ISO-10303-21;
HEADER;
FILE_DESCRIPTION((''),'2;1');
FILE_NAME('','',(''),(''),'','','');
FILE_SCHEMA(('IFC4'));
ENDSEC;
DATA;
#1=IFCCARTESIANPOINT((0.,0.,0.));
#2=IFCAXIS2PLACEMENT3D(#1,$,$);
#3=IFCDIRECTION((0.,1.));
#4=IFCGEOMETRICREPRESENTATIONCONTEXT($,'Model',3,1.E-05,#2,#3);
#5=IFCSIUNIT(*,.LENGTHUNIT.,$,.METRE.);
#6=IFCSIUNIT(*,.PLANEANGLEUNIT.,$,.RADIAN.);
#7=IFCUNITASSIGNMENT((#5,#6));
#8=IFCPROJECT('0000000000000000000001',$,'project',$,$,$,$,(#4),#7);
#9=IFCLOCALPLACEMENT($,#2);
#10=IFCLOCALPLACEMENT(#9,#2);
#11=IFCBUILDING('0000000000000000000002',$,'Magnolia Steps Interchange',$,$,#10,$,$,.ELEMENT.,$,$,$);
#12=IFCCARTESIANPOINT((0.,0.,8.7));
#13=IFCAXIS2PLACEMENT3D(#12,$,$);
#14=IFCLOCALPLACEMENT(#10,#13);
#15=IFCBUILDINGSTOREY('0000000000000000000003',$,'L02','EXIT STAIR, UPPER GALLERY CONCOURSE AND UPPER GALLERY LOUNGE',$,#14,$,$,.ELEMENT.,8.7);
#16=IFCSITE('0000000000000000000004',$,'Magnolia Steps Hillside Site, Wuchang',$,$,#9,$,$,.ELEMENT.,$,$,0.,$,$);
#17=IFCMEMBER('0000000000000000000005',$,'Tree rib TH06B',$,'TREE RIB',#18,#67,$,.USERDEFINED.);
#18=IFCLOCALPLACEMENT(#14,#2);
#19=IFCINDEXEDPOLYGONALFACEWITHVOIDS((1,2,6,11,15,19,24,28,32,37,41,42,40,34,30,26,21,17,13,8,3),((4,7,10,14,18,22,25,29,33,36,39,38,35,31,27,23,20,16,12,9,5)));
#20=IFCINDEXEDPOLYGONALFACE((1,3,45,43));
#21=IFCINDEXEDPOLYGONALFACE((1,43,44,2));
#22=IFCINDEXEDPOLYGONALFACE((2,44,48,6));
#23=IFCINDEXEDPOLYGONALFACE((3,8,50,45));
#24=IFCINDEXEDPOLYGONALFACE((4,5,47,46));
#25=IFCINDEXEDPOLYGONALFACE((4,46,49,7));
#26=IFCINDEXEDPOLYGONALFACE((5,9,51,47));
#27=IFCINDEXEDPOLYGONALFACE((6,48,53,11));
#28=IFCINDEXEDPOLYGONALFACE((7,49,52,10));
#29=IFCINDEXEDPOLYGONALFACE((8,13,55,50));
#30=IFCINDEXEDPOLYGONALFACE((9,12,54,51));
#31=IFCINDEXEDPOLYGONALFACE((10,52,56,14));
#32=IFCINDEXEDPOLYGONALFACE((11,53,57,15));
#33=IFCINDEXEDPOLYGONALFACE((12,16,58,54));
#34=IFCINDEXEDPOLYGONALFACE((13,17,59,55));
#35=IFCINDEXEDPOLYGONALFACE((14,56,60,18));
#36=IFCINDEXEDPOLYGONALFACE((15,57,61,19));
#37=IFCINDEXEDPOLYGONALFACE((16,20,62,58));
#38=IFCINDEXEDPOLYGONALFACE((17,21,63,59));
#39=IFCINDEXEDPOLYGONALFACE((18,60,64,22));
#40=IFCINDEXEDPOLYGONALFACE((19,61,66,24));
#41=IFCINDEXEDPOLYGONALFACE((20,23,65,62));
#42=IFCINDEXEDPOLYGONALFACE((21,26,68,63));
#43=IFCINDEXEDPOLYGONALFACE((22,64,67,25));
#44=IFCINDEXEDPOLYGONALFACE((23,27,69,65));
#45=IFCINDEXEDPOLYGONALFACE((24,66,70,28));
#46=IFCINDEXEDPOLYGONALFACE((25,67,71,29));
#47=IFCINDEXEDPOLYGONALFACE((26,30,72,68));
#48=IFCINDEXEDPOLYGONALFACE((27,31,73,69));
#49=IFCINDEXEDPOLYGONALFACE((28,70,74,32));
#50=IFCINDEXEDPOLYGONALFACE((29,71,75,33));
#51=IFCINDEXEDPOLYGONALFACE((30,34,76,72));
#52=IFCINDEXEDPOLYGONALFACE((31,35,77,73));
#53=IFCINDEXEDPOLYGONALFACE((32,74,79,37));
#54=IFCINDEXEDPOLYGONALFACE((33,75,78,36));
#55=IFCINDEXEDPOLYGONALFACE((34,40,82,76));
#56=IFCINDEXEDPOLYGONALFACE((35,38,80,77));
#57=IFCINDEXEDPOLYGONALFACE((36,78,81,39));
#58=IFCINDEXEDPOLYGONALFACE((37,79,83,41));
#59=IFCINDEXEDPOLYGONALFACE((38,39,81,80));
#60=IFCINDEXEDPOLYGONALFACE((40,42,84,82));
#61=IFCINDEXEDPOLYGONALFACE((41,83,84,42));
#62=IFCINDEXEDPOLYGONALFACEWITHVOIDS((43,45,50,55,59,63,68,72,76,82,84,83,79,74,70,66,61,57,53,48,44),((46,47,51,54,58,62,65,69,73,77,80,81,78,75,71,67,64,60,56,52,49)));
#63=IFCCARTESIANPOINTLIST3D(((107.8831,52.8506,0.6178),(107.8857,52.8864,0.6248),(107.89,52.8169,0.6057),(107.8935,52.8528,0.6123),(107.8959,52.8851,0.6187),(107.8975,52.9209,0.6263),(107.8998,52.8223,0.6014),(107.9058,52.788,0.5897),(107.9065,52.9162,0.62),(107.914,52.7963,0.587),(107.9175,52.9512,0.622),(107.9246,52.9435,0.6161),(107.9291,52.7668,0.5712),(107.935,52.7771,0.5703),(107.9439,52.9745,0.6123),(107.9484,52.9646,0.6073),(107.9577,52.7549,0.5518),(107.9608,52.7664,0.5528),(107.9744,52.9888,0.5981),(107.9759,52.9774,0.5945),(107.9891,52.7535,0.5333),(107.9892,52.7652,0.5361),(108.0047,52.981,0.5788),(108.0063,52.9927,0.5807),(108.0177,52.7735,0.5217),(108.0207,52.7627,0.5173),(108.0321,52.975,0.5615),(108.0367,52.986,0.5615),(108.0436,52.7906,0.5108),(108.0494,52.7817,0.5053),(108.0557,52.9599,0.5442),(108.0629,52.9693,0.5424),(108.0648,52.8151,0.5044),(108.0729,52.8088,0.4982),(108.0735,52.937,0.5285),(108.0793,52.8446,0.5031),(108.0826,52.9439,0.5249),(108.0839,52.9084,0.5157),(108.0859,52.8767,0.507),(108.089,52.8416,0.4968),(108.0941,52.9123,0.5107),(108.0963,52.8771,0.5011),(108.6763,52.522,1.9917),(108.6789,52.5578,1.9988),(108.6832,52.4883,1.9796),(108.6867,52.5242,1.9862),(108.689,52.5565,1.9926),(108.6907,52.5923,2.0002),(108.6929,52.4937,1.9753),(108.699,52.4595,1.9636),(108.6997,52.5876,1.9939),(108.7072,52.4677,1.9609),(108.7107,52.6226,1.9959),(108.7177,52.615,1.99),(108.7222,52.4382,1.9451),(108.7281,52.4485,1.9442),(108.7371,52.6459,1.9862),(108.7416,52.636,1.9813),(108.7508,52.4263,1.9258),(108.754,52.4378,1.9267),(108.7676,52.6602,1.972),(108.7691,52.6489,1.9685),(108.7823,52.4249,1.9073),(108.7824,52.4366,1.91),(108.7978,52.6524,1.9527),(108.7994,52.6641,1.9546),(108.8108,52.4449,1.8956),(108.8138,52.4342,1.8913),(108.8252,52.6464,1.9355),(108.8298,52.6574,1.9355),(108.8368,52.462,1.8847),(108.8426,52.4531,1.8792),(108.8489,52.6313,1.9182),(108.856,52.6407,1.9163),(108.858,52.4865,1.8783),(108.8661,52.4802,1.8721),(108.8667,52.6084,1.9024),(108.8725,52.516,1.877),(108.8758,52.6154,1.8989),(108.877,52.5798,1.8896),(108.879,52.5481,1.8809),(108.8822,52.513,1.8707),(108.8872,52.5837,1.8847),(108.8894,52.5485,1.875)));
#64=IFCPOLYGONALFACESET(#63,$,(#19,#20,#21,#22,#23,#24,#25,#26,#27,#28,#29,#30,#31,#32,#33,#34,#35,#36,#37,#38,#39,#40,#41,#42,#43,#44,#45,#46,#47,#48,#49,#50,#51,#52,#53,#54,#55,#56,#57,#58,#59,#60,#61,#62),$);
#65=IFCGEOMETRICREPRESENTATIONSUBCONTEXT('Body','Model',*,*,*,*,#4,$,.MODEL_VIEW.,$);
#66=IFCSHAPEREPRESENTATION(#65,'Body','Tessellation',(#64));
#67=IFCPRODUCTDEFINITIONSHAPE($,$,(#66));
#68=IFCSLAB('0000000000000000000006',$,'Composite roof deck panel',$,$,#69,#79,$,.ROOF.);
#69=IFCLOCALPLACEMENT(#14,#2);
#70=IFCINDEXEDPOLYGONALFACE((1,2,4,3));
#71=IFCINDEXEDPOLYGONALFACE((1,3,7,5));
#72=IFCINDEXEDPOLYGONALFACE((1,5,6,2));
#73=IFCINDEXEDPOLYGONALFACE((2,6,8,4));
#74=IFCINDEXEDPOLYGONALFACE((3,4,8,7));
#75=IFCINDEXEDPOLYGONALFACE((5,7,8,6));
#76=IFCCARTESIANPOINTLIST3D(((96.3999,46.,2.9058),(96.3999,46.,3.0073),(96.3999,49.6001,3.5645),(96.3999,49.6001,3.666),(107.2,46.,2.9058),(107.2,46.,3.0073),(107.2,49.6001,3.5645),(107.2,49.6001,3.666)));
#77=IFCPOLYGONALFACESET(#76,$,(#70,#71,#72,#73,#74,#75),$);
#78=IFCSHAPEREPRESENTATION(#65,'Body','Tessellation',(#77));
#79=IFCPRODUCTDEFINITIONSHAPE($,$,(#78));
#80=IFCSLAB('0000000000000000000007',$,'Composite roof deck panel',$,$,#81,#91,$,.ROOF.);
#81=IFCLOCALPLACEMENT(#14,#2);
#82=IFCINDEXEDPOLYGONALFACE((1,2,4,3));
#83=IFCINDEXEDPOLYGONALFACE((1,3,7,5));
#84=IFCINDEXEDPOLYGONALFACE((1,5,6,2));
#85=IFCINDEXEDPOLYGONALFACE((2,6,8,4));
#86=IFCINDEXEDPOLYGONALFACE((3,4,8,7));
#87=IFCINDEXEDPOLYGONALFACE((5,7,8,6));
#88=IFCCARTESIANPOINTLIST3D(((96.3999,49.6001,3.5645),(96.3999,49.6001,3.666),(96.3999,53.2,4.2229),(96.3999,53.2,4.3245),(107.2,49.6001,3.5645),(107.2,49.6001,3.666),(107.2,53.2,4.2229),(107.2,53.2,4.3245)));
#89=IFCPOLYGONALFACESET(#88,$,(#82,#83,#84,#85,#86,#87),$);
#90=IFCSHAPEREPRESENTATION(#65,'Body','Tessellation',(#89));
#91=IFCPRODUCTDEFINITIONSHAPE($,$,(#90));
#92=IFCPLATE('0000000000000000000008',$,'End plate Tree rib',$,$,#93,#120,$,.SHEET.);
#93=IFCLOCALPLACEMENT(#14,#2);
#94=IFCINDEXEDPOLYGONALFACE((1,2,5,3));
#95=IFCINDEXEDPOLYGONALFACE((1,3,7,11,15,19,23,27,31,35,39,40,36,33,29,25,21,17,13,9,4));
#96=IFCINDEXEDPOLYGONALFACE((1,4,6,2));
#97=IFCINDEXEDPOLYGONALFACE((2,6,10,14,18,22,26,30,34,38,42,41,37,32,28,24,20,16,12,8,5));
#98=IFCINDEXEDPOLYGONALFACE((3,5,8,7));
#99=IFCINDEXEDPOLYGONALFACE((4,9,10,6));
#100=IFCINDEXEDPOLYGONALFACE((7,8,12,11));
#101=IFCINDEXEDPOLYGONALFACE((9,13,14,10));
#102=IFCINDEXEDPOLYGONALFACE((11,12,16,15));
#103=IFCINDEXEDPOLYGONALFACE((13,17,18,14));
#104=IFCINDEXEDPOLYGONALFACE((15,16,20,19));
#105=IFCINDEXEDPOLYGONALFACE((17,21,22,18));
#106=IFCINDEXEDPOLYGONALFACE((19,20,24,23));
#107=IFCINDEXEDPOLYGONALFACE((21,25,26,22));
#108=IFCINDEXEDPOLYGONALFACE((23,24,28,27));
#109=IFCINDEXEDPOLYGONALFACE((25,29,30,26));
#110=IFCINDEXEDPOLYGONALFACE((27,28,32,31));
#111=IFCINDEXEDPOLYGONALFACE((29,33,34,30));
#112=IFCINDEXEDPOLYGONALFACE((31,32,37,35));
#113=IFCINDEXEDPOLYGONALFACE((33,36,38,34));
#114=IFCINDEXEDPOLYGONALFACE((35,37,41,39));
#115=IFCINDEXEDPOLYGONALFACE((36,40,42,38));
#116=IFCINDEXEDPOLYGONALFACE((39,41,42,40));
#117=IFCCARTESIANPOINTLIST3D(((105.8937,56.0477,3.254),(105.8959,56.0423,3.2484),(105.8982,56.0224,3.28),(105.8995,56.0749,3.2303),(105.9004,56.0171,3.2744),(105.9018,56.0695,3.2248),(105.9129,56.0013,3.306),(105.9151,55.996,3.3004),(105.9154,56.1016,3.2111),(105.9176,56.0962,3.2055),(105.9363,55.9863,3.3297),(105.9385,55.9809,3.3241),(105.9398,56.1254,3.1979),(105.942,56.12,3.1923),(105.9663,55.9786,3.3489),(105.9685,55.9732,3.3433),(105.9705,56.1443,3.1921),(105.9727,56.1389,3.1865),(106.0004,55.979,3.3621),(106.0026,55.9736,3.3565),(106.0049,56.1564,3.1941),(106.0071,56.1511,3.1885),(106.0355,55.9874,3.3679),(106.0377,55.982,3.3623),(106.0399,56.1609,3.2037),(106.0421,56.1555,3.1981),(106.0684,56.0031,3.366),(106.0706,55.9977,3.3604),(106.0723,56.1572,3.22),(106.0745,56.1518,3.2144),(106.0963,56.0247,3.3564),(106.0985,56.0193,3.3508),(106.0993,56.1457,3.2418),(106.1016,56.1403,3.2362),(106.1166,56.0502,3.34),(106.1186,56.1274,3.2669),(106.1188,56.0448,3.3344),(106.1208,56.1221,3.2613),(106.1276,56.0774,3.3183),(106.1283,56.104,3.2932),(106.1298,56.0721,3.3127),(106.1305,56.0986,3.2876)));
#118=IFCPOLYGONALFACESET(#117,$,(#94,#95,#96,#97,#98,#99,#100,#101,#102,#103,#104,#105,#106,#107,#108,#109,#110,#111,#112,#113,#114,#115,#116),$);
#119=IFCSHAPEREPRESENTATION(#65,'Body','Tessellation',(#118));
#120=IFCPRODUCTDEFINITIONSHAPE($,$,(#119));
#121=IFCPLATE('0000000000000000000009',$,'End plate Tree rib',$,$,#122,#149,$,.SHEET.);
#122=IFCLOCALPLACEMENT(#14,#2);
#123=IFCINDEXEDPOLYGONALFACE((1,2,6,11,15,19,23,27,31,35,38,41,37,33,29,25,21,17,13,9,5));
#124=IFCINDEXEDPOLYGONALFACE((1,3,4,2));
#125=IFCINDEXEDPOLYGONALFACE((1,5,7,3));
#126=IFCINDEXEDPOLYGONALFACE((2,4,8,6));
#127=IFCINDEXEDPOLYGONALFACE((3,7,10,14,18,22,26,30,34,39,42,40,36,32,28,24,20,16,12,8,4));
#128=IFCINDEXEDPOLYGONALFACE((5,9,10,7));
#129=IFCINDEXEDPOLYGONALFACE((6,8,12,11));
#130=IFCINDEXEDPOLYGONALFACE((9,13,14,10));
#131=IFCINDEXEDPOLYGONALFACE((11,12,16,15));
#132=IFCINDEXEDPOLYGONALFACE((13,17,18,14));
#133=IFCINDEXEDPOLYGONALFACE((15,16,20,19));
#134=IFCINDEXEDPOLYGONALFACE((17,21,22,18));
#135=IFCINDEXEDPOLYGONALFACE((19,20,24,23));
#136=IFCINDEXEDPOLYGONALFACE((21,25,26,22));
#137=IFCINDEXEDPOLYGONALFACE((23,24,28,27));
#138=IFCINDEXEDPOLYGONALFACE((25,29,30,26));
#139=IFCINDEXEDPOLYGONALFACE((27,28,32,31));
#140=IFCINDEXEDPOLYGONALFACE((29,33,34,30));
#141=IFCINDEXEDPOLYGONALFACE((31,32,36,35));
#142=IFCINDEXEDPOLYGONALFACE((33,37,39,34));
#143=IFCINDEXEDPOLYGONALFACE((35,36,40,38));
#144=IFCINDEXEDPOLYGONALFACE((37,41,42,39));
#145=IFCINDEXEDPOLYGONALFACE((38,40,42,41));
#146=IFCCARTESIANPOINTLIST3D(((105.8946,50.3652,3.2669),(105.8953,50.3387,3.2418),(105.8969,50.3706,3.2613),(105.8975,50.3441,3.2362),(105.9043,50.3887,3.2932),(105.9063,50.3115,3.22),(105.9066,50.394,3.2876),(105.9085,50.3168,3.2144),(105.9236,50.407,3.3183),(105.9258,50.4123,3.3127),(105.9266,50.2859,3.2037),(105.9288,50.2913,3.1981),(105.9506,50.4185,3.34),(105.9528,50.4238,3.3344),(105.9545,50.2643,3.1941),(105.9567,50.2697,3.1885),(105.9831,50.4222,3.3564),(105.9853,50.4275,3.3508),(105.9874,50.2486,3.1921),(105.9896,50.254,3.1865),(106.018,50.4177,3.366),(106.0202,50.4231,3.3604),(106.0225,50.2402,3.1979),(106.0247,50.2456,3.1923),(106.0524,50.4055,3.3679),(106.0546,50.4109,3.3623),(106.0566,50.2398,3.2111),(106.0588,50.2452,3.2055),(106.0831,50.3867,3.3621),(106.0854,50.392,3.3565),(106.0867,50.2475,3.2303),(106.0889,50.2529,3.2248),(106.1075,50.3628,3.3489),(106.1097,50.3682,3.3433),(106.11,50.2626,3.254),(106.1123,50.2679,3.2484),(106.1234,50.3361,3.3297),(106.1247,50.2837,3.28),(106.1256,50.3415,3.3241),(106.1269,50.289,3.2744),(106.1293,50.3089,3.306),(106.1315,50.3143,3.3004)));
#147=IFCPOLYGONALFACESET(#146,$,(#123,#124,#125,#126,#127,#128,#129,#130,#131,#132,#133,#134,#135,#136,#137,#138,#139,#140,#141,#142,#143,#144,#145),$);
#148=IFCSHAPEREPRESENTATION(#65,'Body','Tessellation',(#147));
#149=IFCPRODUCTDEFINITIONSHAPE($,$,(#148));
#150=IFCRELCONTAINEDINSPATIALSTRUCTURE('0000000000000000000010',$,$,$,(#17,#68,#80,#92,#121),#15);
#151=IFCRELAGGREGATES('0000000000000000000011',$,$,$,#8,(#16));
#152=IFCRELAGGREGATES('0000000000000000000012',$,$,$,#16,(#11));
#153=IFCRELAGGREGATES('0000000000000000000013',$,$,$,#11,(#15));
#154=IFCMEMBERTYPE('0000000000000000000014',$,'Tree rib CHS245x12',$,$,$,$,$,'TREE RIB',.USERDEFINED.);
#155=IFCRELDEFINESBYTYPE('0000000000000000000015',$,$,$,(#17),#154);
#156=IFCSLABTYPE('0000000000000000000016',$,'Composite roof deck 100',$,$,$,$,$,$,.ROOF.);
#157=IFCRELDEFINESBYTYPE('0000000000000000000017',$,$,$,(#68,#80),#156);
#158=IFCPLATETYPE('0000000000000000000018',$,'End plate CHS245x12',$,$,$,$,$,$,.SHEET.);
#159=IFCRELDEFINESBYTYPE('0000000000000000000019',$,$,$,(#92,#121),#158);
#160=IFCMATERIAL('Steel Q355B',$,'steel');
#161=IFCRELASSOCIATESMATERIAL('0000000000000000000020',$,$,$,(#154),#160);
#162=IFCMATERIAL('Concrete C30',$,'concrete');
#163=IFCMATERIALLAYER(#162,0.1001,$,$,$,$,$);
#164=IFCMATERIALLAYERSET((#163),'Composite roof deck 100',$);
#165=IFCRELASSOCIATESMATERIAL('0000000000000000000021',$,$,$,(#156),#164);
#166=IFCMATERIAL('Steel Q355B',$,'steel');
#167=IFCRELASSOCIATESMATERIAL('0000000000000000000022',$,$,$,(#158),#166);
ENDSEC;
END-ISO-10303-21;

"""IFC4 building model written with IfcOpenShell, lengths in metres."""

from ifc_helpers import new_model, si_unit, direction, frame, origin, origin_2d, place, context, subcontext, project, spatial, polyline, circle, hollow_circle, outline, extrude, material, layer, layer_set, material_profile, profile_set, type_object, element, save


model = new_model("IFC4")

# Units and contexts
model_context = context("Model", 3, precision=1e-05, world=origin(), true_north=direction((0.0, 1.0)))
body_context = subcontext(model_context, "Body", "Model", "MODEL_VIEW")
ifc_project = project(units=[si_unit("LENGTHUNIT", "METRE"), si_unit("PLANEANGLEUNIT", "RADIAN")], contexts=[model_context])

# Site, building, storey
site_placement = place(None, origin())
site = spatial("IfcSite", under=ifc_project, at=site_placement, Name="Magnolia Steps Hillside Site, Wuchang", CompositionType="ELEMENT", RefElevation=0.0)
building_placement = place(site_placement, origin())
building = spatial("IfcBuilding", under=site, at=building_placement, Name="Magnolia Steps Interchange", CompositionType="ELEMENT")
storey_placement = place(building_placement, frame((0.0, 0.0, 8.7)))
storey = spatial("IfcBuildingStorey", under=building, at=storey_placement, Name="L02", Description="EXIT STAIR, UPPER GALLERY CONCOURSE AND UPPER GALLERY LOUNGE", CompositionType="ELEMENT", Elevation=8.7)

# Member
ifc_material_1 = material(Name="Steel Q355B", Category="steel")
ifc_material_profile_1 = material_profile(ifc_material_1, hollow_circle(Radius=0.1226, WallThickness=0.012, at=origin_2d()), Name="CHS245x12")
ifc_profile_set_1 = profile_set([ifc_material_profile_1], Name="Steel Q355B")
member_type = type_object("IfcMemberType", Name="Tree rib CHS245x12", ElementType="TREE RIB", PredefinedType="USERDEFINED", material=ifc_profile_set_1)
member_1_placement = place(storey_placement, frame((107.9897, 52.8728, 0.5615), z_axis=(0.489571, -0.20282, 0.848047), x_axis=(0.382737, 0.923857, 0.0)))
element("IfcMember", 1, at=member_1_placement, inside=storey, type_object=member_type, Name="Tree rib TH06B", ObjectType="TREE RIB", PredefinedType="USERDEFINED", context=body_context, shape_type="SweptSolid", body=[
    extrude(hollow_circle(Radius=0.1226, WallThickness=0.012, at=origin_2d()), origin(), (0.0, 0.0, 1.0), 1.6201),
])

# Slabs
ifc_material_2 = material(Name="Concrete C30", Category="concrete")
ifc_layer = layer(ifc_material_2, 0.1001)
ifc_layer_set = layer_set([ifc_layer], Name="Composite roof deck 100")
slab_type = type_object("IfcSlabType", Name="Composite roof deck 100", PredefinedType="ROOF", material=ifc_layer_set)
slab_1_placement = place(storey_placement, frame((107.2, 46.0, 3.0073), z_axis=(0.0, -0.179977, 0.983671), x_axis=(0.0, 0.983671, 0.179977)))
element("IfcSlab", 2, at=slab_1_placement, inside=storey, type_object=slab_type, Name="Composite roof deck panel", PredefinedType="ROOF", context=body_context, shape_type="SweptSolid", body=[
    extrude(outline(polyline([(0.0, 0.0), (3.6599, 0.0), (3.6599, 10.8), (0.0, 10.8), (0.0, 0.0)])), origin(), (-0.179977, 0.0, -0.983671), 0.1016),
])
slab_2_placement = place(storey_placement, frame((107.2, 49.6001, 3.666), z_axis=(0.0, -0.179924, 0.98368), x_axis=(0.0, 0.98368, 0.179924)))
element("IfcSlab", 3, at=slab_2_placement, inside=storey, type_object=slab_type, Name="Composite roof deck panel", PredefinedType="ROOF", context=body_context, shape_type="SweptSolid", body=[
    extrude(outline(polyline([(0.0, 0.0), (3.6596, 0.0), (3.6596, 10.8), (0.0, 10.8), (0.0, 0.0)])), origin(), (-0.179924, 0.0, -0.98368), 0.1016),
])

# Plates
ifc_material_3 = material(Name="Steel Q355B", Category="steel")
ifc_material_profile_2 = material_profile(ifc_material_3, circle(Radius=0.1226, at=origin_2d()), Name="End plate CHS245x12")
ifc_profile_set_2 = profile_set([ifc_material_profile_2], Name="Steel Q355B")
plate_type = type_object("IfcPlateType", Name="End plate CHS245x12", PredefinedType="SHEET", material=ifc_profile_set_2)
for number, where, z_axis, x_axis, name in (
    (4, (106.0137, 56.064, 3.2744), (-0.275279, 0.664583, 0.694658), (-0.92388, -0.382683, 0.0), "End plate Tree rib"),
    (5, (106.0137, 50.3359, 3.2744), (-0.275279, -0.664583, 0.694658), (0.92388, -0.382683, 0.0), "End plate Tree rib"),
):
    element("IfcPlate", number, at=place(storey_placement, frame(where, z_axis=z_axis, x_axis=x_axis)), inside=storey, type_object=plate_type, Name=name, PredefinedType="SHEET", context=body_context, shape_type="SweptSolid", body=[
        extrude(circle(Radius=0.1226, at=origin_2d()), origin(), (0.0, 0.0, 1.0), 0.0081),
    ])

save(model, "model.ifc")
